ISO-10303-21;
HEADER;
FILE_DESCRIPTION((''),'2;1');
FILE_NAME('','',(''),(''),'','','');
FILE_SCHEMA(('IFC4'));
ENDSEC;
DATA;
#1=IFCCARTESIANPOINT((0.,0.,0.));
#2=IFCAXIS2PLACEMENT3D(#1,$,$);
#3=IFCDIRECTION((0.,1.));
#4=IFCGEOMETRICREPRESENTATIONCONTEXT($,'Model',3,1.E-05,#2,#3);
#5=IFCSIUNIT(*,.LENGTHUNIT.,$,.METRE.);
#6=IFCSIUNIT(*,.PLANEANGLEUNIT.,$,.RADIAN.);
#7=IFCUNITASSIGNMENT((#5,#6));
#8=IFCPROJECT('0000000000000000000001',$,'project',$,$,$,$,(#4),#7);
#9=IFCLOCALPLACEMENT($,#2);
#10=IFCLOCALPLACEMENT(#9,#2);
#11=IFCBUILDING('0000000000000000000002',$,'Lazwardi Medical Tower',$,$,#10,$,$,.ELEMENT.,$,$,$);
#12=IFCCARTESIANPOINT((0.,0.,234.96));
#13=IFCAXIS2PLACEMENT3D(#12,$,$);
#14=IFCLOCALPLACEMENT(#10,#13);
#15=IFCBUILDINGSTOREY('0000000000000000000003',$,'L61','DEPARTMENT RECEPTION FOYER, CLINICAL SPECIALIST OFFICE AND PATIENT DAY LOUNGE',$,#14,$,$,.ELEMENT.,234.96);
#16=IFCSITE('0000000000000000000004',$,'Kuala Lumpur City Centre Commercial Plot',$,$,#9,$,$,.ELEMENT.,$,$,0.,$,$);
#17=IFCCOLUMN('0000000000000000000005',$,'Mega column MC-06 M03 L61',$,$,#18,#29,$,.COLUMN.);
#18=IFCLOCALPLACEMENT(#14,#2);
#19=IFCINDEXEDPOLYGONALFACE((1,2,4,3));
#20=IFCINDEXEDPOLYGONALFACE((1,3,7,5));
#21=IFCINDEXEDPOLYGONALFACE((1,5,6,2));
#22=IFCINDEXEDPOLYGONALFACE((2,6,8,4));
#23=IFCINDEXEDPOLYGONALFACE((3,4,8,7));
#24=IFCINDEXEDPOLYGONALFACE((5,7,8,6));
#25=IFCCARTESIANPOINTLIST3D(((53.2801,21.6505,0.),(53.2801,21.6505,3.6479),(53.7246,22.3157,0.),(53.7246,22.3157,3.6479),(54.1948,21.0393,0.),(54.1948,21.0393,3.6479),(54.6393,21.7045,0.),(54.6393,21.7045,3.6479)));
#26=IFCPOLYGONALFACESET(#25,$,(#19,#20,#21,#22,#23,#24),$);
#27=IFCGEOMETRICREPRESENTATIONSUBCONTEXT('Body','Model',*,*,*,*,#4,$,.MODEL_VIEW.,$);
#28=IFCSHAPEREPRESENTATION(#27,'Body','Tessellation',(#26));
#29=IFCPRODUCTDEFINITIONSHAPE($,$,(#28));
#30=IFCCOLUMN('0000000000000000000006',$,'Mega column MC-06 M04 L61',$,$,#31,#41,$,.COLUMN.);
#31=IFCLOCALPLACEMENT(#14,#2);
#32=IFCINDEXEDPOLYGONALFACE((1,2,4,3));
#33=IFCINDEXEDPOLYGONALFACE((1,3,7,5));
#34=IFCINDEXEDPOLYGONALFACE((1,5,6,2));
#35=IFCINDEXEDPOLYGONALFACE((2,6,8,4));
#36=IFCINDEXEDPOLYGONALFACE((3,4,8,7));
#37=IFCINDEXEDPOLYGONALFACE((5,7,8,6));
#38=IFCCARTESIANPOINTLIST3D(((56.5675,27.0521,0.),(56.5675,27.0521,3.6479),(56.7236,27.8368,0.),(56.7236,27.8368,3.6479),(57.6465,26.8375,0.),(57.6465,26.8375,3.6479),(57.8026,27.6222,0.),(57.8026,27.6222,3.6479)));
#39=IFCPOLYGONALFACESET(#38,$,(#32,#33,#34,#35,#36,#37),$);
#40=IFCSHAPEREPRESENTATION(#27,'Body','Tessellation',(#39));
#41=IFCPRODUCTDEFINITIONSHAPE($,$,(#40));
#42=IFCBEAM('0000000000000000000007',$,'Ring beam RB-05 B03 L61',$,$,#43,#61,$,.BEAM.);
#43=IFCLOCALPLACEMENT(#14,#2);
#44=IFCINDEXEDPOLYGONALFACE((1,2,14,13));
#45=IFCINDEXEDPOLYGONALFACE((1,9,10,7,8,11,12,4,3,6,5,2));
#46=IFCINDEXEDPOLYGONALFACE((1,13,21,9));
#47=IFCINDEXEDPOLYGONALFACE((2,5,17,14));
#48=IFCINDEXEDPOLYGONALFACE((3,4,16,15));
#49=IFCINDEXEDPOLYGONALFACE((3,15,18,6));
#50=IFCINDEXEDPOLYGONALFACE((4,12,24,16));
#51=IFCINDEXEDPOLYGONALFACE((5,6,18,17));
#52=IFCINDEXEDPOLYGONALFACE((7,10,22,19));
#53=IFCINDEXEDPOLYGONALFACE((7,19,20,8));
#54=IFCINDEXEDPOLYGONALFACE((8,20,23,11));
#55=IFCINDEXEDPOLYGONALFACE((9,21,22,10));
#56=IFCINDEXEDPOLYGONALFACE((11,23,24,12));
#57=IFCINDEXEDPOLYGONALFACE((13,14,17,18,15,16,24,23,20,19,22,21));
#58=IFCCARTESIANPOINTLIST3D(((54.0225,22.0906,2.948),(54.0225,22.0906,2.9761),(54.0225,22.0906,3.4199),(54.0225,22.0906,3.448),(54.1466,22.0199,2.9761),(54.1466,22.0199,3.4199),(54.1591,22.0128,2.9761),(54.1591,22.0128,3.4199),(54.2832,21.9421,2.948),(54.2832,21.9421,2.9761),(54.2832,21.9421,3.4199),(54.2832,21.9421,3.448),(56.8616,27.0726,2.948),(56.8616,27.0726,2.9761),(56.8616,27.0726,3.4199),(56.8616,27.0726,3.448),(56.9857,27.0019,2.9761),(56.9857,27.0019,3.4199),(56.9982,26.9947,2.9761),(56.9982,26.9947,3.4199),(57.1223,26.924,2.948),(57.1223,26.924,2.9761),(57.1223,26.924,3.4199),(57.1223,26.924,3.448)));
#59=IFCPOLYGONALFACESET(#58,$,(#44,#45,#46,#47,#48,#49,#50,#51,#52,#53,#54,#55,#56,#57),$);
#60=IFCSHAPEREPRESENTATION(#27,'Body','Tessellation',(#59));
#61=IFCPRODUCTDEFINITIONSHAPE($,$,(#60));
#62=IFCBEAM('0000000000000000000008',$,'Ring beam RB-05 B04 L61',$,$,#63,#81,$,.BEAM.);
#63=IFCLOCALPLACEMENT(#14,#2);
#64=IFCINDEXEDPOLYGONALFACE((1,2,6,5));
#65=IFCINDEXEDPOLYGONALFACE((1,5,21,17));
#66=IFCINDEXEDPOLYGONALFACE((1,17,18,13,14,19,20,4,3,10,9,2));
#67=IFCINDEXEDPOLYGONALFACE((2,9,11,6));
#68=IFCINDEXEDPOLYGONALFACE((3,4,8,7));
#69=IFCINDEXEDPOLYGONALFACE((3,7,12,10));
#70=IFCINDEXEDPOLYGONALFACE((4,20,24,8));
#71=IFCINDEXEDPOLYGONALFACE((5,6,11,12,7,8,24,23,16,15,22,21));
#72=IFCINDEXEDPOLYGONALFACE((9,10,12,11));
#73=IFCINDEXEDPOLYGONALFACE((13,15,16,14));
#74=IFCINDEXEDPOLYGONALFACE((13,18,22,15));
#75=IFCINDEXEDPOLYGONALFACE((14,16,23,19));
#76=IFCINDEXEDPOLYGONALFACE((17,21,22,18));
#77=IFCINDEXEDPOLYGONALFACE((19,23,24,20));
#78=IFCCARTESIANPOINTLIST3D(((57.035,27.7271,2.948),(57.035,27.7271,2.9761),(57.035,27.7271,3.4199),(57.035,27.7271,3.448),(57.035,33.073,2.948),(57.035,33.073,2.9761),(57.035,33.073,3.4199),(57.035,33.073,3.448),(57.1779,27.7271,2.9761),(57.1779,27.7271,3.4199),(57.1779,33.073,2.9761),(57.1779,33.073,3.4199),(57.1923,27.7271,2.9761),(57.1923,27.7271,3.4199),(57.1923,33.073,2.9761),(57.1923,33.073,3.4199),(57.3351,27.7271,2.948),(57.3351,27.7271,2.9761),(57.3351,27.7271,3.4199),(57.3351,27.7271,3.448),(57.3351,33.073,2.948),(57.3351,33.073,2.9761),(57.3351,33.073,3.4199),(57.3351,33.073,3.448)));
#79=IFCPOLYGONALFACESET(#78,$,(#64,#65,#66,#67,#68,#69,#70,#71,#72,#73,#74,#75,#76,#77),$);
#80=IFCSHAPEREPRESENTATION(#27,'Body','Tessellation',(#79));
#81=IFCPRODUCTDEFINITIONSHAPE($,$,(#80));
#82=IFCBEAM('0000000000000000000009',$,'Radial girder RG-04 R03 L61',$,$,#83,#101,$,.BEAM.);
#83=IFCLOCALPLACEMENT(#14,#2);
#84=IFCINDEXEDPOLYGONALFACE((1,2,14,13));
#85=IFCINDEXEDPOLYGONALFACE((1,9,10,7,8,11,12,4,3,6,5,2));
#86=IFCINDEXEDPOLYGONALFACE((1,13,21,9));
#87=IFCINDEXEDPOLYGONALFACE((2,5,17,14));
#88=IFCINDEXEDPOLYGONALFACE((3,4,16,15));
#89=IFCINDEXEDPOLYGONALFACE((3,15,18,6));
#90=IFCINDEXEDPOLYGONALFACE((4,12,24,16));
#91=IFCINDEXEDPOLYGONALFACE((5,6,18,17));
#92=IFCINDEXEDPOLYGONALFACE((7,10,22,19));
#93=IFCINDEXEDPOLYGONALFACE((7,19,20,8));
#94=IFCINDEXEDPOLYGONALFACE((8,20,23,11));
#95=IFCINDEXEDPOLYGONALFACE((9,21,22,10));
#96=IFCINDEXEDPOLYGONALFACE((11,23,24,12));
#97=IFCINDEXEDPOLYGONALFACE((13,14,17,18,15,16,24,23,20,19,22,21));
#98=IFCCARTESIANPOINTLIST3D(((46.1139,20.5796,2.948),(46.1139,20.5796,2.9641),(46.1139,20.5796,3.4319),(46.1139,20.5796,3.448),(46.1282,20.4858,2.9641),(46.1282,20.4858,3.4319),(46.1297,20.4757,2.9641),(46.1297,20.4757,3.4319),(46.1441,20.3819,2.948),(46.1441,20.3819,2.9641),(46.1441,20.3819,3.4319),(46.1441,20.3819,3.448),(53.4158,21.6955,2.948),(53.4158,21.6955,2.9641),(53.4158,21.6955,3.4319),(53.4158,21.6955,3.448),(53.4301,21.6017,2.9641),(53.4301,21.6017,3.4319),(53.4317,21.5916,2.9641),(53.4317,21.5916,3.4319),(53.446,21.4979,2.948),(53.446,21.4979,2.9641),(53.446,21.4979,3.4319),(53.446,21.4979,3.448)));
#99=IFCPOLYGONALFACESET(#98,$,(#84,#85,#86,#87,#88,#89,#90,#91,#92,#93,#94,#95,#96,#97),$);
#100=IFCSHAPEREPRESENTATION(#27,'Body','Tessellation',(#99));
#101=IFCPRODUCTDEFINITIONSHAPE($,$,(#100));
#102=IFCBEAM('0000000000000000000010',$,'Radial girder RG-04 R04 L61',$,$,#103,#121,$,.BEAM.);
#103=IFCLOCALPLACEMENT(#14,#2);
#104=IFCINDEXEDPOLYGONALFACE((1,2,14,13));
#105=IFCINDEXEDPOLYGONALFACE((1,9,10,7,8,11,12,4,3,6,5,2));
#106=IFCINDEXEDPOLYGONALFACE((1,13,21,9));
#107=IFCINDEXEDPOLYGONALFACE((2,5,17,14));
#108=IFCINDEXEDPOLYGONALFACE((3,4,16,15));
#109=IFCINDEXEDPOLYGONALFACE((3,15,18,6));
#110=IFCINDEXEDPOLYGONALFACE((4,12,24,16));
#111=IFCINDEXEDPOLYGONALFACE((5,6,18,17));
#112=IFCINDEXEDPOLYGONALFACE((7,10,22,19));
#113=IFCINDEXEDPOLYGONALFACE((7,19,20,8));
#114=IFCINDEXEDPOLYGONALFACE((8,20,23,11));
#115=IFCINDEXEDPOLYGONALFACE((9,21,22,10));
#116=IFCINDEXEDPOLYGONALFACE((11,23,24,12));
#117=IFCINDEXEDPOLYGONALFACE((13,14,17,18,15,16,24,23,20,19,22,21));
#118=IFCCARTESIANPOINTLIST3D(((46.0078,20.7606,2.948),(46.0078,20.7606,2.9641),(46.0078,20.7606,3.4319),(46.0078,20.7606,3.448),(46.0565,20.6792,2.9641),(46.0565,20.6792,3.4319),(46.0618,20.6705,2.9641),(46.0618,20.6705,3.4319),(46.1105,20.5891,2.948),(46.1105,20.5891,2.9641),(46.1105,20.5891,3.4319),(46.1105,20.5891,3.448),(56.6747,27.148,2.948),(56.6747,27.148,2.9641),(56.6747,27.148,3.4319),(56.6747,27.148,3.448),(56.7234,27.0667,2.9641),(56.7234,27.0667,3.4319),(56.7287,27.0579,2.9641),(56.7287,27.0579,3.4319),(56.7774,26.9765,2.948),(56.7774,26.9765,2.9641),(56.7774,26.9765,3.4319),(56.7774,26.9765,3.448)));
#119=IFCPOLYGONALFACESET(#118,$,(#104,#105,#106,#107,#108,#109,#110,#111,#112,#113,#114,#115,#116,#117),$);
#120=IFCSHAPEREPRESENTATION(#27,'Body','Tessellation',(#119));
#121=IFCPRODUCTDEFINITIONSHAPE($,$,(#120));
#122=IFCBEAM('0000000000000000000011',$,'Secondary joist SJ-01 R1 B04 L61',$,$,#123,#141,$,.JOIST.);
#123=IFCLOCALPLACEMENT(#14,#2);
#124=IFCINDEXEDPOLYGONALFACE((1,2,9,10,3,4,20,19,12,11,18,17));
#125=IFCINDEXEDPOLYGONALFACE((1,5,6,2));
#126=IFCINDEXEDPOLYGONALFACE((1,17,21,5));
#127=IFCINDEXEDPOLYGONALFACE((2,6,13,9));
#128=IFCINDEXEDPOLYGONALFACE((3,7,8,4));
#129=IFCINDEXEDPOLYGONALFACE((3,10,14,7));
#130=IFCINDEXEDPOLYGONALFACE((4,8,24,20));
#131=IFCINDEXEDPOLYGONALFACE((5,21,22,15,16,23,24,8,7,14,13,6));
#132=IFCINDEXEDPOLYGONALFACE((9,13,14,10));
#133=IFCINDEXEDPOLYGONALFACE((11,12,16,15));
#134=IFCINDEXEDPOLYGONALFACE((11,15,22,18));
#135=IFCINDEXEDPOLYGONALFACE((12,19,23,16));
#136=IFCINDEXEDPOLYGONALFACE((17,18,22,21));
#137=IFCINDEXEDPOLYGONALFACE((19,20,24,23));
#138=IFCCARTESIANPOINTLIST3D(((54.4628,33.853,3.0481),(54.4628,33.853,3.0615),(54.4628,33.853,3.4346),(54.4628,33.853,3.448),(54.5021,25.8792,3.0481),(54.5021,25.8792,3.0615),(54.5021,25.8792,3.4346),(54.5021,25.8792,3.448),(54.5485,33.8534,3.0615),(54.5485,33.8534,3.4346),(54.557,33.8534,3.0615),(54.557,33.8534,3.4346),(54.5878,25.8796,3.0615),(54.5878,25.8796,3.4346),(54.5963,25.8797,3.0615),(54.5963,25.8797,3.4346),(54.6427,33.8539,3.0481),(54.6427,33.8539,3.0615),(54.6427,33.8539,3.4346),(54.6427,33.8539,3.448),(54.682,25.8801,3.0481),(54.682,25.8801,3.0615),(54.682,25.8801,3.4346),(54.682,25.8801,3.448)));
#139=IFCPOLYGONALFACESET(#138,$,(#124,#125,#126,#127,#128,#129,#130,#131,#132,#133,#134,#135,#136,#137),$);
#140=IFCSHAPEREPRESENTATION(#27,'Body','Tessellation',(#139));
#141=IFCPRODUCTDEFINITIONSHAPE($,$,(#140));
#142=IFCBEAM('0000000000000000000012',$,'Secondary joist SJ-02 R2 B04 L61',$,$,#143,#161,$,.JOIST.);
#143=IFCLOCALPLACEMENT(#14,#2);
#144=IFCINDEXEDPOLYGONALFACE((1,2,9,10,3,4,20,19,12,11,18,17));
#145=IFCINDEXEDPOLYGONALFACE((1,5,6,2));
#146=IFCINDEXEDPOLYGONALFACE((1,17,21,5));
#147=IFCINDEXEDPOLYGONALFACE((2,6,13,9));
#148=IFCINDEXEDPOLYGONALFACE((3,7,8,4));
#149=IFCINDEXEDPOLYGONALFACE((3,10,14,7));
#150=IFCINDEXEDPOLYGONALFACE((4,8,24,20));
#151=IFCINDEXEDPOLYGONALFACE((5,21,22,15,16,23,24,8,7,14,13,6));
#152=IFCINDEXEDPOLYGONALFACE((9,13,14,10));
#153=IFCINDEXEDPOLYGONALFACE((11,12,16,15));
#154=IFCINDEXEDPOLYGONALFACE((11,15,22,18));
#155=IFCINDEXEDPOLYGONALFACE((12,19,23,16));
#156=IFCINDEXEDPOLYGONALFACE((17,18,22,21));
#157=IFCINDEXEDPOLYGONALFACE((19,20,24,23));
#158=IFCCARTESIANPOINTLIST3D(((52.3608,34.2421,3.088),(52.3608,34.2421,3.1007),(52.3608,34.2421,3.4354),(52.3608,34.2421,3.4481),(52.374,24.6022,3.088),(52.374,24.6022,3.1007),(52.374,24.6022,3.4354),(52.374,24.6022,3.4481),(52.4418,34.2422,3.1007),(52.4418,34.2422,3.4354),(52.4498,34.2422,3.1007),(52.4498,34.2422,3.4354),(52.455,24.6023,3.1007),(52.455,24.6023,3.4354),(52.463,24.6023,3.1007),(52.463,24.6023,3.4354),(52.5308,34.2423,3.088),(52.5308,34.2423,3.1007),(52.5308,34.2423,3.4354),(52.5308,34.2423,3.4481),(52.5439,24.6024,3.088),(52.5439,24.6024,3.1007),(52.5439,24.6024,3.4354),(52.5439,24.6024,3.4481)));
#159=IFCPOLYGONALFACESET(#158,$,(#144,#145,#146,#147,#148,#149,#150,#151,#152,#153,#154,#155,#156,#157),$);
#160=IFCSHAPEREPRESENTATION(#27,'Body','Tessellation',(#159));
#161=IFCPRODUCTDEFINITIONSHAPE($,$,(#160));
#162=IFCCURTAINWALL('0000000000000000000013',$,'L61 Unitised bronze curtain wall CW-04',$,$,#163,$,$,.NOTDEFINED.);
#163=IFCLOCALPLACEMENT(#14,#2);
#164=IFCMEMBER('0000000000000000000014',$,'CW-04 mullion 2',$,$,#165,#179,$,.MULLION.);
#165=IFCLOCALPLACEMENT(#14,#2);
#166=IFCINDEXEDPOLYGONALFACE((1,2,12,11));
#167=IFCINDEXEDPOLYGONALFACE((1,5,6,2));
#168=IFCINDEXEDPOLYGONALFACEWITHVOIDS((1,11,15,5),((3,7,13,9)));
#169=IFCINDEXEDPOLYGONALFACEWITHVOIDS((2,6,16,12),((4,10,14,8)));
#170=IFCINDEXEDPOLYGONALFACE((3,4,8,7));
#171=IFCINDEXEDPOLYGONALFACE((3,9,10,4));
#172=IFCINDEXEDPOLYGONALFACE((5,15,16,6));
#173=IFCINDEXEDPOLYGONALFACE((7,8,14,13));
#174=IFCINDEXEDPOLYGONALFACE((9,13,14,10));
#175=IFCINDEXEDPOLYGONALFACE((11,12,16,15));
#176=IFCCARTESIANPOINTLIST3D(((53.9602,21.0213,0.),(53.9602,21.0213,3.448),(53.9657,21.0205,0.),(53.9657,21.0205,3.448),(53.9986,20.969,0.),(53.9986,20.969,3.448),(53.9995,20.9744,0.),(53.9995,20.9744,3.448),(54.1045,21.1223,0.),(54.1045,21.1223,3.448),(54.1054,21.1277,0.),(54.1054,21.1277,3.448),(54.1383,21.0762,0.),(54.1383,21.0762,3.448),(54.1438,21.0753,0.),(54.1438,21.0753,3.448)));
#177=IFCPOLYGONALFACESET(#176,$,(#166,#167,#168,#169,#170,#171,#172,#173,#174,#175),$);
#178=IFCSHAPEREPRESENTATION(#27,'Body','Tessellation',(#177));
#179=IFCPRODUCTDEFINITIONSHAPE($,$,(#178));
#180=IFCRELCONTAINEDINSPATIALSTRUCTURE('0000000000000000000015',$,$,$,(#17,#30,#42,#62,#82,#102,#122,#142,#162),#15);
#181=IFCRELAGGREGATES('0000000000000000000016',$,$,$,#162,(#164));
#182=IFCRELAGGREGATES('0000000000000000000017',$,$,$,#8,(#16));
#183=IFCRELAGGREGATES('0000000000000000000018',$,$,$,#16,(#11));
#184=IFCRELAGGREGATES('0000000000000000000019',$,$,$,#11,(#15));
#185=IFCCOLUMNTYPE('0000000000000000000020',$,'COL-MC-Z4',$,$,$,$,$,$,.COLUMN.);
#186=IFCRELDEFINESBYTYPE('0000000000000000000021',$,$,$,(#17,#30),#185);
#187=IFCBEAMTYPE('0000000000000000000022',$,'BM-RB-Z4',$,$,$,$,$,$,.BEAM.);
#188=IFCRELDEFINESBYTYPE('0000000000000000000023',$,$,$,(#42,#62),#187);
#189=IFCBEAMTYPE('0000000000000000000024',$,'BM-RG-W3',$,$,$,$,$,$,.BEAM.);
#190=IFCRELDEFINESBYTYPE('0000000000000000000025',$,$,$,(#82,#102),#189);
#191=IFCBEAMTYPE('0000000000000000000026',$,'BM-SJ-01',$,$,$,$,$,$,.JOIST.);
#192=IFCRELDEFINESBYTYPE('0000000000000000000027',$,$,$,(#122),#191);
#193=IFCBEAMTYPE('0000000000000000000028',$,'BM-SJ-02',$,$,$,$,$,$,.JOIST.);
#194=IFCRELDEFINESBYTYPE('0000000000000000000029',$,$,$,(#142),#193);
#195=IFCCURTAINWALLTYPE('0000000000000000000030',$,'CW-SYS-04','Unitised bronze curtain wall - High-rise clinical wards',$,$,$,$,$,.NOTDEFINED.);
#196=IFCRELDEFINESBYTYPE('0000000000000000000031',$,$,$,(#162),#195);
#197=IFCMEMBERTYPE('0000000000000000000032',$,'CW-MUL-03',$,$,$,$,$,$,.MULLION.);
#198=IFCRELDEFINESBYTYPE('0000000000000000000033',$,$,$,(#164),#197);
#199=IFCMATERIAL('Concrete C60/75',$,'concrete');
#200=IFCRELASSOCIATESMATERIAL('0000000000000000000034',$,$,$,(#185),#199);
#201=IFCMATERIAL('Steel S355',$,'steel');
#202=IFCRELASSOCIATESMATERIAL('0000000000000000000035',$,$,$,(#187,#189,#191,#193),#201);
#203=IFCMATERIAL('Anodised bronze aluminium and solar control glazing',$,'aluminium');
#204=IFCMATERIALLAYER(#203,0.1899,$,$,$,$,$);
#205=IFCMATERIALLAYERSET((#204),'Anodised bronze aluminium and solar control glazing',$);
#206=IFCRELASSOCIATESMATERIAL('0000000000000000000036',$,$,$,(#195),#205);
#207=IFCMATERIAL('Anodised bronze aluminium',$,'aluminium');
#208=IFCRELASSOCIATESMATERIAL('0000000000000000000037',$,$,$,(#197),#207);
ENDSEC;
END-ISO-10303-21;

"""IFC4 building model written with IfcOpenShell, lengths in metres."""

from ifc_helpers import new_model, si_unit, direction, frame, origin, origin_2d, place, context, subcontext, project, spatial, rectangle, hollow_rectangle, i_section, extrude, material, layer, layer_set, material_profile, profile_set, type_object, element, aggregate, save


model = new_model("IFC4")

# Units and contexts
model_context = context("Model", 3, precision=1e-05, world=origin(), true_north=direction((0.0, 1.0)))
body_context = subcontext(model_context, "Body", "Model", "MODEL_VIEW")
ifc_project = project(units=[si_unit("LENGTHUNIT", "METRE"), si_unit("PLANEANGLEUNIT", "RADIAN")], contexts=[model_context])

# Site, building, storey
site_placement = place(None, origin())
site = spatial("IfcSite", under=ifc_project, at=site_placement, Name="Kuala Lumpur City Centre Commercial Plot", CompositionType="ELEMENT", RefElevation=0.0)
building_placement = place(site_placement, origin())
building = spatial("IfcBuilding", under=site, at=building_placement, Name="Lazwardi Medical Tower", CompositionType="ELEMENT")
storey_placement = place(building_placement, frame((0.0, 0.0, 234.96)))
storey = spatial("IfcBuildingStorey", under=building, at=storey_placement, Name="L61", Description="DEPARTMENT RECEPTION FOYER, CLINICAL SPECIALIST OFFICE AND PATIENT DAY LOUNGE", CompositionType="ELEMENT", Elevation=234.96)

# Columns
ifc_material_1 = material(Name="Concrete C60/75", Category="concrete")
ifc_material_profile_1 = material_profile(ifc_material_1, rectangle(XDim=1.1001, YDim=0.8, at=origin_2d()), Name="CFT-RECT 1100x800")
ifc_profile_set_1 = profile_set([ifc_material_profile_1], Name="Concrete C60/75")
column_type = type_object("IfcColumnType", Name="COL-MC-Z4", PredefinedType="COLUMN", material=ifc_profile_set_1)
for number, where, z_axis, x_axis, name in (
    (1, (53.9597, 21.6775, 0.0), (0.0, 0.0, 1.0), (0.83147, -0.55557, 0.0), "Mega column MC-06 M03 L61"),
    (2, (57.1851, 27.3372, 0.0), (0.0, 0.0, 1.0), (0.980785, -0.19509, 0.0), "Mega column MC-06 M04 L61"),
):
    element("IfcColumn", number, at=place(storey_placement, frame(where, z_axis=z_axis, x_axis=x_axis)), inside=storey, type_object=column_type, Name=name, PredefinedType="COLUMN", context=body_context, shape_type="SweptSolid", body=[
        extrude(rectangle(XDim=1.1001, YDim=0.8, at=origin_2d()), origin(), (0.0, 0.0, 1.0), 3.6479),
    ])

# Beams
ifc_material_2 = material(Name="Steel S355", Category="steel")
ifc_material_profile_2 = material_profile(ifc_material_2, i_section(OverallWidth=0.3, OverallDepth=0.5, WebThickness=0.0144, FlangeThickness=0.0281, at=origin_2d()), Name="HEB 500")
ifc_profile_set_2 = profile_set([ifc_material_profile_2], Name="Steel S355")
beam_type_1 = type_object("IfcBeamType", Name="BM-RB-Z4", PredefinedType="BEAM", material=ifc_profile_set_2)
beam_1_placement = place(storey_placement, frame((54.1528, 22.0164, 3.198), z_axis=(0.495125, 0.868822, 0.0), x_axis=(-0.868822, 0.495125, 0.0)))
element("IfcBeam", 3, at=beam_1_placement, inside=storey, type_object=beam_type_1, Name="Ring beam RB-05 B03 L61", PredefinedType="BEAM", context=body_context, shape_type="SweptSolid", body=[
    extrude(i_section(OverallWidth=0.3, OverallDepth=0.5, WebThickness=0.0144, FlangeThickness=0.0281, at=origin_2d()), origin(), (0.0, 0.0, 1.0), 5.7341),
])
beam_2_placement = place(storey_placement, frame((57.1851, 27.7271, 3.198), z_axis=(0.0, 1.0, 0.0), x_axis=(-1.0, 0.0, 0.0)))
element("IfcBeam", 4, at=beam_2_placement, inside=storey, type_object=beam_type_1, Name="Ring beam RB-05 B04 L61", PredefinedType="BEAM", context=body_context, shape_type="SweptSolid", body=[
    extrude(i_section(OverallWidth=0.3, OverallDepth=0.5, WebThickness=0.0144, FlangeThickness=0.0281, at=origin_2d()), origin(), (0.0, 0.0, 1.0), 5.3459),
])
ifc_material_profile_3 = material_profile(ifc_material_2, i_section(OverallWidth=0.2, OverallDepth=0.5, WebThickness=0.0103, FlangeThickness=0.0161, at=origin_2d()), Name="IPE 500")
ifc_profile_set_3 = profile_set([ifc_material_profile_3], Name="Steel S355")
beam_type_2 = type_object("IfcBeamType", Name="BM-RG-W3", PredefinedType="BEAM", material=ifc_profile_set_3)
beam_3_placement = place(storey_placement, frame((53.4309, 21.5967, 3.198), z_axis=(-0.988522, -0.151076, 0.0), x_axis=(0.151076, -0.988522, 0.0)))
element("IfcBeam", 5, at=beam_3_placement, inside=storey, type_object=beam_type_2, Name="Radial girder RG-04 R03 L61", PredefinedType="BEAM", context=body_context, shape_type="SweptSolid", body=[
    extrude(i_section(OverallWidth=0.2, OverallDepth=0.5, WebThickness=0.0103, FlangeThickness=0.0161, at=origin_2d()), origin(), (0.0, 0.0, 1.0), 7.3867),
])
beam_4_placement = place(storey_placement, frame((56.7261, 27.0623, 3.198), z_axis=(-0.857945, -0.513742, 0.0), x_axis=(0.513742, -0.857945, 0.0)))
element("IfcBeam", 6, at=beam_4_placement, inside=storey, type_object=beam_type_2, Name="Radial girder RG-04 R04 L61", PredefinedType="BEAM", context=body_context, shape_type="SweptSolid", body=[
    extrude(i_section(OverallWidth=0.2, OverallDepth=0.5, WebThickness=0.0103, FlangeThickness=0.0161, at=origin_2d()), origin(), (0.0, 0.0, 1.0), 12.4331),
])
ifc_material_profile_4 = material_profile(ifc_material_2, i_section(OverallWidth=0.1799, OverallDepth=0.3999, WebThickness=0.0085, FlangeThickness=0.0134, at=origin_2d()), Name="IPE 400")
ifc_profile_set_4 = profile_set([ifc_material_profile_4], Name="Steel S355")
beam_type_3 = type_object("IfcBeamType", Name="BM-SJ-01", PredefinedType="JOIST", material=ifc_profile_set_4)
beam_5_placement = place(storey_placement, frame((54.592, 25.8796, 3.248), z_axis=(-0.004929, 0.999988, 0.0), x_axis=(-0.999988, -0.004929, 0.0)))
element("IfcBeam", 7, at=beam_5_placement, inside=storey, type_object=beam_type_3, Name="Secondary joist SJ-01 R1 B04 L61", PredefinedType="JOIST", context=body_context, shape_type="SweptSolid", body=[
    extrude(i_section(OverallWidth=0.1799, OverallDepth=0.3999, WebThickness=0.0085, FlangeThickness=0.0134, at=origin_2d()), origin(), (0.0, 0.0, 1.0), 7.9739),
])
ifc_material_profile_5 = material_profile(ifc_material_2, i_section(OverallWidth=0.1699, OverallDepth=0.3601, WebThickness=0.0081, FlangeThickness=0.0127, at=origin_2d()), Name="IPE 360")
ifc_profile_set_5 = profile_set([ifc_material_profile_5], Name="Steel S355")
beam_type_4 = type_object("IfcBeamType", Name="BM-SJ-02", PredefinedType="JOIST", material=ifc_profile_set_5)
beam_6_placement = place(storey_placement, frame((52.459, 24.6023, 3.2681), z_axis=(-0.001368, 0.999999, 0.0), x_axis=(-0.999999, -0.001368, 0.0)))
element("IfcBeam", 8, at=beam_6_placement, inside=storey, type_object=beam_type_4, Name="Secondary joist SJ-02 R2 B04 L61", PredefinedType="JOIST", context=body_context, shape_type="SweptSolid", body=[
    extrude(i_section(OverallWidth=0.1699, OverallDepth=0.3601, WebThickness=0.0081, FlangeThickness=0.0127, at=origin_2d()), origin(), (0.0, 0.0, 1.0), 9.6399),
])

# Curtain wall, member
ifc_material_3 = material(Name="Anodised bronze aluminium and solar control glazing", Category="aluminium")
ifc_layer_1 = layer(ifc_material_3, 0.1899)
ifc_layer_set_1 = layer_set([ifc_layer_1], Name="Anodised bronze aluminium and solar control glazing")
curtain_wall_type = type_object("IfcCurtainWallType", Name="CW-SYS-04", Description="Unitised bronze curtain wall - High-rise clinical wards", PredefinedType="NOTDEFINED", material=ifc_layer_set_1)
curtain_wall_1_placement = place(storey_placement, origin())
curtain_wall_1 = element("IfcCurtainWall", 9, at=curtain_wall_1_placement, inside=storey, type_object=curtain_wall_type, Name="L61 Unitised bronze curtain wall CW-04", PredefinedType="NOTDEFINED")
ifc_material_4 = material(Name="Anodised bronze aluminium", Category="aluminium")
ifc_material_profile_6 = material_profile(ifc_material_4, hollow_rectangle(XDim=0.0649, YDim=0.1799, WallThickness=0.0039, at=origin_2d()), Name="ALU-MULLION 180x65x4")
ifc_profile_set_6 = profile_set([ifc_material_profile_6], Name="Anodised bronze aluminium")
member_type_1 = type_object("IfcMemberType", Name="CW-MUL-03", PredefinedType="MULLION", material=ifc_profile_set_6)
member_1_placement = place(storey_placement, frame((54.052, 21.0483, 0.0), z_axis=(0.0, 0.0, 1.0), x_axis=(-0.591268, 0.806475, 0.0)))
member_1 = element("IfcMember", 10, at=member_1_placement, type_object=member_type_1, Name="CW-04 mullion 2", PredefinedType="MULLION", context=body_context, shape_type="SweptSolid", body=[
    extrude(hollow_rectangle(XDim=0.0649, YDim=0.1799, WallThickness=0.0039, at=origin_2d()), origin(), (0.0, 0.0, 1.0), 3.448),
])
aggregate(curtain_wall_1, [member_1])

save(model, "model.ifc")
